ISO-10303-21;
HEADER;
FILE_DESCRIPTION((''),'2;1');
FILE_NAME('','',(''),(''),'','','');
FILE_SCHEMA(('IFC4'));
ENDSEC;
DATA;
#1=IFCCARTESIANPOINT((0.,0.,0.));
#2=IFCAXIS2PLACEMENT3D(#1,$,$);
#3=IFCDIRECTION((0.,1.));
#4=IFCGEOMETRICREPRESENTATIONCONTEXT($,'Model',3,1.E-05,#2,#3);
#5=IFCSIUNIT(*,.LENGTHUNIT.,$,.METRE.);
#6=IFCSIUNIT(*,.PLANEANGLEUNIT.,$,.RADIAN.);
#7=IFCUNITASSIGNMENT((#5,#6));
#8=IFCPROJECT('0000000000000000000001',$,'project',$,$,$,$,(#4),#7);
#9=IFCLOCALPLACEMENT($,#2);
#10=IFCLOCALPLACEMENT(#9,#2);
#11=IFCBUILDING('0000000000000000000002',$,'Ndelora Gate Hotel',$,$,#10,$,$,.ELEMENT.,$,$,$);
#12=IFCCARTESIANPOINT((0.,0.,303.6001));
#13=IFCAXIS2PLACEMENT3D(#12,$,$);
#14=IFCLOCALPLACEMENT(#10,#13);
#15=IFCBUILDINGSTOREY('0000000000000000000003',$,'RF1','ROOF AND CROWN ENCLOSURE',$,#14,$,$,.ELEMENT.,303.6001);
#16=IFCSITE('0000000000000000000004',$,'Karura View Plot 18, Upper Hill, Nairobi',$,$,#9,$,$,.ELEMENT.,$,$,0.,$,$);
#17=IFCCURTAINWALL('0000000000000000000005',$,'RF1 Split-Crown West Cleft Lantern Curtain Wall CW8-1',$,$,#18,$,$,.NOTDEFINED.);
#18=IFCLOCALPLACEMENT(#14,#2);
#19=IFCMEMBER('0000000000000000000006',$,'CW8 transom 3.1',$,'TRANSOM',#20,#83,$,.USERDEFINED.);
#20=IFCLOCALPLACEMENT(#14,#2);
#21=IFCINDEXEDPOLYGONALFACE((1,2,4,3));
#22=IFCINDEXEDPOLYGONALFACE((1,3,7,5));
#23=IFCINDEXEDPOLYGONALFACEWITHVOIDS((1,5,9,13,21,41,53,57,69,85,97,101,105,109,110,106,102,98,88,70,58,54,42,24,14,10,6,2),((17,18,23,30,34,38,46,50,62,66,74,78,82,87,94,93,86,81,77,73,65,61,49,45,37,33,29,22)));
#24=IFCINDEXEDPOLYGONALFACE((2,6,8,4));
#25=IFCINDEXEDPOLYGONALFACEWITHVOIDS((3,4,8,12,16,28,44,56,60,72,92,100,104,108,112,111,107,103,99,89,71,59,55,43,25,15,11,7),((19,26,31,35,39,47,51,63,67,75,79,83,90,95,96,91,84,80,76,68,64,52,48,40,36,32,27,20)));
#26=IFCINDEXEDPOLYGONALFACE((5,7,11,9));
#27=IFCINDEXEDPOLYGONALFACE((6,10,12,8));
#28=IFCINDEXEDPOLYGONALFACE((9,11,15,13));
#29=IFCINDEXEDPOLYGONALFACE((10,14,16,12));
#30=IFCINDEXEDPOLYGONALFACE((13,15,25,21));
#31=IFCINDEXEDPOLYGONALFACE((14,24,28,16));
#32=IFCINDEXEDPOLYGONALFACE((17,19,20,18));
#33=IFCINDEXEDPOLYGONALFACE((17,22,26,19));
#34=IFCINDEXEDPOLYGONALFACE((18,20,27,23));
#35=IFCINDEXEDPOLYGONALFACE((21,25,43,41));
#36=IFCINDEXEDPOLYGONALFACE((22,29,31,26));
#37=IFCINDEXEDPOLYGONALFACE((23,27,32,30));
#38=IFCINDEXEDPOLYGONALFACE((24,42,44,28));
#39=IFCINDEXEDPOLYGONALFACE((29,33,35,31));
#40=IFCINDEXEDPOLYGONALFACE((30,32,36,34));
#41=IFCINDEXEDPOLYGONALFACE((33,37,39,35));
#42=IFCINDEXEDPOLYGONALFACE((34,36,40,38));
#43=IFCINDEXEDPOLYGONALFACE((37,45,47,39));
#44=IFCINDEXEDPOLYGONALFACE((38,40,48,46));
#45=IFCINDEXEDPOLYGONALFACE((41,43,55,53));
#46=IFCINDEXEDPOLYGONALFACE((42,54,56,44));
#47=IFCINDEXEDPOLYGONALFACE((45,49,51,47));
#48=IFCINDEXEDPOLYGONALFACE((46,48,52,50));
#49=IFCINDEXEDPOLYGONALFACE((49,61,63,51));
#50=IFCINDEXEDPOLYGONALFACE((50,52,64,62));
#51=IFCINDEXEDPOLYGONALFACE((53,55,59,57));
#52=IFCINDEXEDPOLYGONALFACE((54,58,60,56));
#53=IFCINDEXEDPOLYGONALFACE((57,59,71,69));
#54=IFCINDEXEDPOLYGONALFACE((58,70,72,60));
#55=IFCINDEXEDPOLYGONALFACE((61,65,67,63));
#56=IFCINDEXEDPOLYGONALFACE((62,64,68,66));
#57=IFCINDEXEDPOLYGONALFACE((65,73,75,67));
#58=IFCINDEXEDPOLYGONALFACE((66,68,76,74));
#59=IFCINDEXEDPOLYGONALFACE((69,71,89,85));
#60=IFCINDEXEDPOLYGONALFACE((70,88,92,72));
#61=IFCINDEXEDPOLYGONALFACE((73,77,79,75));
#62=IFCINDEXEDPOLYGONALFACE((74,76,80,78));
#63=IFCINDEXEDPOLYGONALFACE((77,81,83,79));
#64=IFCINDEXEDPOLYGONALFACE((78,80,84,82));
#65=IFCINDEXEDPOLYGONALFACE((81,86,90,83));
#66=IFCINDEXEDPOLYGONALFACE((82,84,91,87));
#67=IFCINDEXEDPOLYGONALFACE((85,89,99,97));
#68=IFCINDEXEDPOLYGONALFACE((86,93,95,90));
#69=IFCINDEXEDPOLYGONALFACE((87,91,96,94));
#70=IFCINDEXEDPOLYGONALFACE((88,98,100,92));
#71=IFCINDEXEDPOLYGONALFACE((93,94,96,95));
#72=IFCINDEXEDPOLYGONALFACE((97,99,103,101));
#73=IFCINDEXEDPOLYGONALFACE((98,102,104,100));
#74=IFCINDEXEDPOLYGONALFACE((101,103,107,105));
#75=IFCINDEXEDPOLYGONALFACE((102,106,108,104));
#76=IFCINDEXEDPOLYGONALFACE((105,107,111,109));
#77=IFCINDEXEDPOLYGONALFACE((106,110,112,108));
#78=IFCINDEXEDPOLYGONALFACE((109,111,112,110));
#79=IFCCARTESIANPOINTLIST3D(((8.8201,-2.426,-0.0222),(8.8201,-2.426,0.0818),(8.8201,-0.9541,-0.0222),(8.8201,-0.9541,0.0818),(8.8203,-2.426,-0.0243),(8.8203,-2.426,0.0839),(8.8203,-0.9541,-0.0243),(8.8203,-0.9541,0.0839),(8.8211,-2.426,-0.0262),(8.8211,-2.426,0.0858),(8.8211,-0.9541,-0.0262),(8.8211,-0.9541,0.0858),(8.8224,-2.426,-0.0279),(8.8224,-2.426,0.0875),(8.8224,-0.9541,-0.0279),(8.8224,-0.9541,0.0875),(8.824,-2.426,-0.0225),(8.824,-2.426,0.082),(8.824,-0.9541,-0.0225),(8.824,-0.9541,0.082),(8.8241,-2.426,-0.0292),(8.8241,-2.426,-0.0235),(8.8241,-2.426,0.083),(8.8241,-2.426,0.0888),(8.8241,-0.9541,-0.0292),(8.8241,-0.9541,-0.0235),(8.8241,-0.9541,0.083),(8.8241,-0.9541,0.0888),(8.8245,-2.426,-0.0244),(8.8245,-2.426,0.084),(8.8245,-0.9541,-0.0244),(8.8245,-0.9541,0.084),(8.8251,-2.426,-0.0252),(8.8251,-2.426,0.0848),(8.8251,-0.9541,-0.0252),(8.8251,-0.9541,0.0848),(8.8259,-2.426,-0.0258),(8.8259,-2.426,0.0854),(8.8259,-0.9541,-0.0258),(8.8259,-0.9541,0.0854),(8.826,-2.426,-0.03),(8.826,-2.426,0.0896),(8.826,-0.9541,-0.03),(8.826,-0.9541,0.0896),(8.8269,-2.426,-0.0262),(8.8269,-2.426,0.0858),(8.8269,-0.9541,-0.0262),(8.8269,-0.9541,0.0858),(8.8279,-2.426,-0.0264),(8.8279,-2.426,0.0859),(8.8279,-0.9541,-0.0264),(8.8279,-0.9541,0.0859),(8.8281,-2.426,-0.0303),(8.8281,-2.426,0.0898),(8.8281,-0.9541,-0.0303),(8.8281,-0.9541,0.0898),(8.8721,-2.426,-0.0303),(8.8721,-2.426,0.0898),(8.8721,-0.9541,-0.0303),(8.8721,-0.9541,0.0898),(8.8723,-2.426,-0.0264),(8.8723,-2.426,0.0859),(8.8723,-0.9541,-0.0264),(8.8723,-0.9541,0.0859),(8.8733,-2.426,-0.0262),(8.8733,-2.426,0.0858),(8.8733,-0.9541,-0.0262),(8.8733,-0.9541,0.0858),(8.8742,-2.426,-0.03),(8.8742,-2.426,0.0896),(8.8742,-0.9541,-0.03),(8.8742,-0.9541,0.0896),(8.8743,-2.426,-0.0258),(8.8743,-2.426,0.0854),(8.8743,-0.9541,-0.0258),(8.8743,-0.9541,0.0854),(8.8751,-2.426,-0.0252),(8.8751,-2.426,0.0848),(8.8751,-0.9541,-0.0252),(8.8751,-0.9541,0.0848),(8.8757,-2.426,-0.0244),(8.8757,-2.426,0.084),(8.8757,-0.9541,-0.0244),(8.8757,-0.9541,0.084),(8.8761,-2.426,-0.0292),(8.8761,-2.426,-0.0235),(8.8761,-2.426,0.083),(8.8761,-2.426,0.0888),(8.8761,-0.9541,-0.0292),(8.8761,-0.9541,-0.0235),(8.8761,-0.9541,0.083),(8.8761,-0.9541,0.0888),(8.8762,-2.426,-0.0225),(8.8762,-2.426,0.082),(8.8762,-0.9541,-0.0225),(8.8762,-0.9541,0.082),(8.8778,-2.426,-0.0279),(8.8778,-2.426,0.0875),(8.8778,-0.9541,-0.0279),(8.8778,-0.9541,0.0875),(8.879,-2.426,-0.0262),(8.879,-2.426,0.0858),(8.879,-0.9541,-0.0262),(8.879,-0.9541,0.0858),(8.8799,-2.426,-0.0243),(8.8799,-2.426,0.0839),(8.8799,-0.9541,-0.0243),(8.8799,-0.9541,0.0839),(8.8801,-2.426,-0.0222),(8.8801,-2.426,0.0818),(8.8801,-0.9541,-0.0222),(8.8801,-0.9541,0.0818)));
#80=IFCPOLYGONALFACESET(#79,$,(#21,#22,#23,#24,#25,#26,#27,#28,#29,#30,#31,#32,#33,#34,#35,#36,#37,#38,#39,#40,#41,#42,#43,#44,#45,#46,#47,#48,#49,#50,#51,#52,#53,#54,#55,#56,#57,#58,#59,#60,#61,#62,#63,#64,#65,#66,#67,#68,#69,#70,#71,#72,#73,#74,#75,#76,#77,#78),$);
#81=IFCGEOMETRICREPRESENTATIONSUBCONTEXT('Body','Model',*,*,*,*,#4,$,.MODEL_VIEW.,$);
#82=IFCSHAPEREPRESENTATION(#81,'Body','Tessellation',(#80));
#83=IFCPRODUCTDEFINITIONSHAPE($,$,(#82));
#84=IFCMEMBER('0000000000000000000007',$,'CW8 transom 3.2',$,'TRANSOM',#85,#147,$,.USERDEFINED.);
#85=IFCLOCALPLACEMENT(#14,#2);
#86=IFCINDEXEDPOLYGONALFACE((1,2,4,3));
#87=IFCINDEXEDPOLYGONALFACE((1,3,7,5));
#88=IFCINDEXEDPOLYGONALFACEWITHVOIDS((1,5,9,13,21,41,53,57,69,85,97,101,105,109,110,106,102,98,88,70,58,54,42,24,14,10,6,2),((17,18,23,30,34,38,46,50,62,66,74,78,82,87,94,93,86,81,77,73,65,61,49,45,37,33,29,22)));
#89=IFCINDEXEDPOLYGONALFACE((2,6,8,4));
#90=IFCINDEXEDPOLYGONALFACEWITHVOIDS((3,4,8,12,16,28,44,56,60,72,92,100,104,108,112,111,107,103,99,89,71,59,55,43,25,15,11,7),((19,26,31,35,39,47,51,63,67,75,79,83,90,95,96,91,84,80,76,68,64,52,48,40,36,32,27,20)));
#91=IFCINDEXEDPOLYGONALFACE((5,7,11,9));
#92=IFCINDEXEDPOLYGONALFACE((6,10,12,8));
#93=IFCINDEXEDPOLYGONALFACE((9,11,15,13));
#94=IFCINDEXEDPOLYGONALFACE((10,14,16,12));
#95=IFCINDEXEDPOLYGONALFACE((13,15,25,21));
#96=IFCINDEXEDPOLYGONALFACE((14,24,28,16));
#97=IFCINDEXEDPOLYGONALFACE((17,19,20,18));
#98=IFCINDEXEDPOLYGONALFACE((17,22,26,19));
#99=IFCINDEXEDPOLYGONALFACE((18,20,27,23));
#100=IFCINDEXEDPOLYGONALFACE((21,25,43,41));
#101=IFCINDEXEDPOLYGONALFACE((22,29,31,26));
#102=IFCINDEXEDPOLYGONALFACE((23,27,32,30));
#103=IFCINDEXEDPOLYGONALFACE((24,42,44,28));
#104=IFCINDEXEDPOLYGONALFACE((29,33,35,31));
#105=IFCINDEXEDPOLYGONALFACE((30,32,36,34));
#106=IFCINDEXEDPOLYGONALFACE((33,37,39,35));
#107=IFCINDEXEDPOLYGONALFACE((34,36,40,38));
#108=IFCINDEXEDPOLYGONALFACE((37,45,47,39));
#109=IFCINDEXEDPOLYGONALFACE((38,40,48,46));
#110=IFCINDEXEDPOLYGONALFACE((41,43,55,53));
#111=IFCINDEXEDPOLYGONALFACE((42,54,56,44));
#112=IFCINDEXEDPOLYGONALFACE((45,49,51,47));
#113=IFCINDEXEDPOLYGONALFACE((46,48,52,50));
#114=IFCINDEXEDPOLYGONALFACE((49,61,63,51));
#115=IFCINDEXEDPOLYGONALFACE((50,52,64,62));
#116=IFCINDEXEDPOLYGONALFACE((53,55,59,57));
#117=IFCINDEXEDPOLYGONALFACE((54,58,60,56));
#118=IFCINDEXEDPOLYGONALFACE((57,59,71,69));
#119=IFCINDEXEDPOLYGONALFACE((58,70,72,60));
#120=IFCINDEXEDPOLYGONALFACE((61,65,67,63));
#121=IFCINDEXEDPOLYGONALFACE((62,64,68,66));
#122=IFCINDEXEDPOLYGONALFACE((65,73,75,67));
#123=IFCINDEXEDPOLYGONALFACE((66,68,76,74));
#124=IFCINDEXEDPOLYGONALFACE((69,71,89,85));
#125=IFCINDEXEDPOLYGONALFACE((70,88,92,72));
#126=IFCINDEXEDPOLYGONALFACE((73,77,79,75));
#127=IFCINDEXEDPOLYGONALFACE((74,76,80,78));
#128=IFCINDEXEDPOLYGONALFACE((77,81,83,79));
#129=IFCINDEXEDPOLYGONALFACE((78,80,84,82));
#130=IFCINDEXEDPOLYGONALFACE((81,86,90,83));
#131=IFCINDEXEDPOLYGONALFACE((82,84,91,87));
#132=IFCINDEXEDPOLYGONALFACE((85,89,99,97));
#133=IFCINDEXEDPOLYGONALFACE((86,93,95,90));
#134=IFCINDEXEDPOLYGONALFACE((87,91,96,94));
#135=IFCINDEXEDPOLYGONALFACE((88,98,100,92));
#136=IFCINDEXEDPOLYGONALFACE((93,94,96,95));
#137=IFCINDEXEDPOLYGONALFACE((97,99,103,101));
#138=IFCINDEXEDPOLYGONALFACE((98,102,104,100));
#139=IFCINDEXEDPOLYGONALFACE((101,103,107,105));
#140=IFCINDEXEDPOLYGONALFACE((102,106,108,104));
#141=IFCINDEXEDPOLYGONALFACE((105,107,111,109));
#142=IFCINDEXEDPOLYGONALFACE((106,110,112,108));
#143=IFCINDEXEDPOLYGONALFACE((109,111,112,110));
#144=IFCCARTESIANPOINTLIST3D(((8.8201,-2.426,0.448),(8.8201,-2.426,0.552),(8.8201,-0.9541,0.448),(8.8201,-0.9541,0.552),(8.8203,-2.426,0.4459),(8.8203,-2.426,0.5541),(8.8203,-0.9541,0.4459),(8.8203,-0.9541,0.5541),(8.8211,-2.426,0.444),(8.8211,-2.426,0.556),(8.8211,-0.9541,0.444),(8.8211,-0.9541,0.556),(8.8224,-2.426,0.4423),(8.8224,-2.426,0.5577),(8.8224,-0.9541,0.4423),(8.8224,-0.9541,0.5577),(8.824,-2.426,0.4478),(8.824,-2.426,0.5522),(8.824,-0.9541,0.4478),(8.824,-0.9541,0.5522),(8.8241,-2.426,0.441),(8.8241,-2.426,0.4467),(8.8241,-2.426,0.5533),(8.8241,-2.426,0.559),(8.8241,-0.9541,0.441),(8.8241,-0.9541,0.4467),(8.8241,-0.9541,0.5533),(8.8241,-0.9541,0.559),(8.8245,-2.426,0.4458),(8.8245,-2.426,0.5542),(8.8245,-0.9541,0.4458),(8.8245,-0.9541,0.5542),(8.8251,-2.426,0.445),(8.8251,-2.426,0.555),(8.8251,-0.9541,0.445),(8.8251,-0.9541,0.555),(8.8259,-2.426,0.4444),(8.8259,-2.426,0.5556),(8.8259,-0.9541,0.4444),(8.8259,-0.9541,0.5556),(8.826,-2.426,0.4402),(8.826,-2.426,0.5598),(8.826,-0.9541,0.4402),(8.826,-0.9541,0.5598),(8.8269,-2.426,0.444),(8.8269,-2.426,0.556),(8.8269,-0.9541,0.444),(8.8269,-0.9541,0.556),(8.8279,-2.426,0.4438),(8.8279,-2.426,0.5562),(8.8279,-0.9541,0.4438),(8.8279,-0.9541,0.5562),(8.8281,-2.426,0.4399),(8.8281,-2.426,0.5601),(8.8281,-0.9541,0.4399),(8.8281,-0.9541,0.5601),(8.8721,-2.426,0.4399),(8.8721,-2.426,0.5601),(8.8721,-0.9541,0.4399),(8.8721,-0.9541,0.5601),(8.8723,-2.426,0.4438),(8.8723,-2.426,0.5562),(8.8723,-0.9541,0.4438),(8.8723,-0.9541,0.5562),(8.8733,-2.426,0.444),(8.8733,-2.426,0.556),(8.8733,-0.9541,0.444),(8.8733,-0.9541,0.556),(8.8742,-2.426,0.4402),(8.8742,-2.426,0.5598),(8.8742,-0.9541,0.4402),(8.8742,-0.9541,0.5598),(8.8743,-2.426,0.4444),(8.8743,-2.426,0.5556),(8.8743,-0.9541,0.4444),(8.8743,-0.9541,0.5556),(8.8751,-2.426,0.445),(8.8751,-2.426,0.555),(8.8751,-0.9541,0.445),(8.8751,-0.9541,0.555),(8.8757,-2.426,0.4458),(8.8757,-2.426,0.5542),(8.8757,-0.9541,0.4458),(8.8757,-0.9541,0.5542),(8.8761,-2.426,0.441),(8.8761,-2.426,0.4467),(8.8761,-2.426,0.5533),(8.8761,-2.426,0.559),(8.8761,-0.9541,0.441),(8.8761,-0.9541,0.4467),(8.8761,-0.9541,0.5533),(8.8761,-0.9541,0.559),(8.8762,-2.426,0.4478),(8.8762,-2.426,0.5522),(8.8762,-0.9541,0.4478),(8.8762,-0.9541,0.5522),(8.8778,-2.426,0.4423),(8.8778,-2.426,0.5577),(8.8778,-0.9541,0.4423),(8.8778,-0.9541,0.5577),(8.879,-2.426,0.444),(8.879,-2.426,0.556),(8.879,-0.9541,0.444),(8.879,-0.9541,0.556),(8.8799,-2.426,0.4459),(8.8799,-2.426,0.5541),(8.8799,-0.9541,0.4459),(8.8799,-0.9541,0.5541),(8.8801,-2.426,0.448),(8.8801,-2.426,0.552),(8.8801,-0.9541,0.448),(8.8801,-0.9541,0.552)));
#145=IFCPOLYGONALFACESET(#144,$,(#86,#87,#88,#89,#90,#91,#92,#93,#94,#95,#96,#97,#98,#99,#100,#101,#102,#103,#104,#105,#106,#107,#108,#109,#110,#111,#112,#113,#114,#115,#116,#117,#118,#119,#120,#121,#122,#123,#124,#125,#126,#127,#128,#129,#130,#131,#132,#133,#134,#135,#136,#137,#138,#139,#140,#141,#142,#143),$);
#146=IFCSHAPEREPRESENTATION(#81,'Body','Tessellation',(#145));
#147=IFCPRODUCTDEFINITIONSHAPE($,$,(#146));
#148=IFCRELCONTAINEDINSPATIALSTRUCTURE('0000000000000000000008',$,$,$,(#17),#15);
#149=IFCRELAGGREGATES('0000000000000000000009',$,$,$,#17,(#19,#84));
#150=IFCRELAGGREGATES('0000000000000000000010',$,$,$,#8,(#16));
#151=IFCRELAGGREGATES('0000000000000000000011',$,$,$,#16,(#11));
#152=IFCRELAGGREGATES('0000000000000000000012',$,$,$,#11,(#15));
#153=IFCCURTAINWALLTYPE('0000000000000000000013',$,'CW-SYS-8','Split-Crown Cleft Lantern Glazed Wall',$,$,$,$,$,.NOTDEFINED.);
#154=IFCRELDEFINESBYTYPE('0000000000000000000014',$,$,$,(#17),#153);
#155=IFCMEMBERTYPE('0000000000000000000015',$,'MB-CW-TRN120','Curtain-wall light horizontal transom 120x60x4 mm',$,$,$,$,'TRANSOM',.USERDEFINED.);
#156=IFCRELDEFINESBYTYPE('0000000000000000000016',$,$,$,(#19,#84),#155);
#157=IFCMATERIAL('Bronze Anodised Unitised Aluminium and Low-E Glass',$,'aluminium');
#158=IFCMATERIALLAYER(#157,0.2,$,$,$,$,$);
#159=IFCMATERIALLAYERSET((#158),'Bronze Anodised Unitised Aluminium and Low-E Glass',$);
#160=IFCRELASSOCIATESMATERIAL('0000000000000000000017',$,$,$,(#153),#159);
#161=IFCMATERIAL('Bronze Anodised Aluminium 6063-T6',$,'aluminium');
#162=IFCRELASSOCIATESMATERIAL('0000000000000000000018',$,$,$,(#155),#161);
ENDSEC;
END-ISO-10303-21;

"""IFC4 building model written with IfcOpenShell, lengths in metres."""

from ifc_helpers import new_model, si_unit, direction, frame, origin, origin_2d, place, context, subcontext, project, spatial, hollow_rectangle, extrude, material, layer, layer_set, material_profile, profile_set, type_object, element, aggregate, save


model = new_model("IFC4")

# Units and contexts
model_context = context("Model", 3, precision=1e-05, world=origin(), true_north=direction((0.0, 1.0)))
body_context = subcontext(model_context, "Body", "Model", "MODEL_VIEW")
ifc_project = project(units=[si_unit("LENGTHUNIT", "METRE"), si_unit("PLANEANGLEUNIT", "RADIAN")], contexts=[model_context])

# Site, building, storey
site_placement = place(None, origin())
site = spatial("IfcSite", under=ifc_project, at=site_placement, Name="Karura View Plot 18, Upper Hill, Nairobi", CompositionType="ELEMENT", RefElevation=0.0)
building_placement = place(site_placement, origin())
building = spatial("IfcBuilding", under=site, at=building_placement, Name="Ndelora Gate Hotel", CompositionType="ELEMENT")
storey_placement = place(building_placement, frame((0.0, 0.0, 303.6001)))
storey = spatial("IfcBuildingStorey", under=building, at=storey_placement, Name="RF1", Description="ROOF AND CROWN ENCLOSURE", CompositionType="ELEMENT", Elevation=303.6001)

# Curtain wall
ifc_material_1 = material(Name="Bronze Anodised Unitised Aluminium and Low-E Glass", Category="aluminium")
ifc_layer_1 = layer(ifc_material_1, 0.2)
ifc_layer_set_1 = layer_set([ifc_layer_1], Name="Bronze Anodised Unitised Aluminium and Low-E Glass")
curtain_wall_type = type_object("IfcCurtainWallType", Name="CW-SYS-8", Description="Split-Crown Cleft Lantern Glazed Wall", PredefinedType="NOTDEFINED", material=ifc_layer_set_1)
curtain_wall_1_placement = place(storey_placement, origin())
curtain_wall_1 = element("IfcCurtainWall", 1, at=curtain_wall_1_placement, inside=storey, type_object=curtain_wall_type, Name="RF1 Split-Crown West Cleft Lantern Curtain Wall CW8-1", PredefinedType="NOTDEFINED")
ifc_material_2 = material(Name="Bronze Anodised Aluminium 6063-T6", Category="aluminium")

# Members
ifc_material_profile_1 = material_profile(ifc_material_2, hollow_rectangle(XDim=0.0601, YDim=0.1201, WallThickness=0.0039, InnerFilletRadius=0.0039, OuterFilletRadius=0.0081, at=origin_2d()), Name="ALU 120x60x4")
ifc_profile_set_1 = profile_set([ifc_material_profile_1], Name="Bronze Anodised Aluminium 6063-T6")
member_type_1 = type_object("IfcMemberType", Name="MB-CW-TRN120", Description="Curtain-wall light horizontal transom 120x60x4 mm", ElementType="TRANSOM", PredefinedType="USERDEFINED", material=ifc_profile_set_1)
member_1_placement = place(storey_placement, frame((8.8501, -2.426, 0.0298), z_axis=(0.0, 1.0, 0.0), x_axis=(-1.0, 0.0, 0.0)))
member_1 = element("IfcMember", 2, at=member_1_placement, type_object=member_type_1, Name="CW8 transom 3.1", ObjectType="TRANSOM", PredefinedType="USERDEFINED", context=body_context, shape_type="SweptSolid", body=[
    extrude(hollow_rectangle(XDim=0.0601, YDim=0.1201, WallThickness=0.0039, InnerFilletRadius=0.0039, OuterFilletRadius=0.0081, at=origin_2d()), origin(), (0.0, 0.0, 1.0), 1.4719),
])
member_2_placement = place(storey_placement, frame((8.8501, -2.426, 0.5), z_axis=(0.0, 1.0, 0.0), x_axis=(-1.0, 0.0, 0.0)))
member_2 = element("IfcMember", 3, at=member_2_placement, type_object=member_type_1, Name="CW8 transom 3.2", ObjectType="TRANSOM", PredefinedType="USERDEFINED", context=body_context, shape_type="SweptSolid", body=[
    extrude(hollow_rectangle(XDim=0.0601, YDim=0.1201, WallThickness=0.0039, InnerFilletRadius=0.0039, OuterFilletRadius=0.0081, at=origin_2d()), origin(), (0.0, 0.0, 1.0), 1.4719),
])

aggregate(curtain_wall_1, [member_1, member_2])

save(model, "model.ifc")
